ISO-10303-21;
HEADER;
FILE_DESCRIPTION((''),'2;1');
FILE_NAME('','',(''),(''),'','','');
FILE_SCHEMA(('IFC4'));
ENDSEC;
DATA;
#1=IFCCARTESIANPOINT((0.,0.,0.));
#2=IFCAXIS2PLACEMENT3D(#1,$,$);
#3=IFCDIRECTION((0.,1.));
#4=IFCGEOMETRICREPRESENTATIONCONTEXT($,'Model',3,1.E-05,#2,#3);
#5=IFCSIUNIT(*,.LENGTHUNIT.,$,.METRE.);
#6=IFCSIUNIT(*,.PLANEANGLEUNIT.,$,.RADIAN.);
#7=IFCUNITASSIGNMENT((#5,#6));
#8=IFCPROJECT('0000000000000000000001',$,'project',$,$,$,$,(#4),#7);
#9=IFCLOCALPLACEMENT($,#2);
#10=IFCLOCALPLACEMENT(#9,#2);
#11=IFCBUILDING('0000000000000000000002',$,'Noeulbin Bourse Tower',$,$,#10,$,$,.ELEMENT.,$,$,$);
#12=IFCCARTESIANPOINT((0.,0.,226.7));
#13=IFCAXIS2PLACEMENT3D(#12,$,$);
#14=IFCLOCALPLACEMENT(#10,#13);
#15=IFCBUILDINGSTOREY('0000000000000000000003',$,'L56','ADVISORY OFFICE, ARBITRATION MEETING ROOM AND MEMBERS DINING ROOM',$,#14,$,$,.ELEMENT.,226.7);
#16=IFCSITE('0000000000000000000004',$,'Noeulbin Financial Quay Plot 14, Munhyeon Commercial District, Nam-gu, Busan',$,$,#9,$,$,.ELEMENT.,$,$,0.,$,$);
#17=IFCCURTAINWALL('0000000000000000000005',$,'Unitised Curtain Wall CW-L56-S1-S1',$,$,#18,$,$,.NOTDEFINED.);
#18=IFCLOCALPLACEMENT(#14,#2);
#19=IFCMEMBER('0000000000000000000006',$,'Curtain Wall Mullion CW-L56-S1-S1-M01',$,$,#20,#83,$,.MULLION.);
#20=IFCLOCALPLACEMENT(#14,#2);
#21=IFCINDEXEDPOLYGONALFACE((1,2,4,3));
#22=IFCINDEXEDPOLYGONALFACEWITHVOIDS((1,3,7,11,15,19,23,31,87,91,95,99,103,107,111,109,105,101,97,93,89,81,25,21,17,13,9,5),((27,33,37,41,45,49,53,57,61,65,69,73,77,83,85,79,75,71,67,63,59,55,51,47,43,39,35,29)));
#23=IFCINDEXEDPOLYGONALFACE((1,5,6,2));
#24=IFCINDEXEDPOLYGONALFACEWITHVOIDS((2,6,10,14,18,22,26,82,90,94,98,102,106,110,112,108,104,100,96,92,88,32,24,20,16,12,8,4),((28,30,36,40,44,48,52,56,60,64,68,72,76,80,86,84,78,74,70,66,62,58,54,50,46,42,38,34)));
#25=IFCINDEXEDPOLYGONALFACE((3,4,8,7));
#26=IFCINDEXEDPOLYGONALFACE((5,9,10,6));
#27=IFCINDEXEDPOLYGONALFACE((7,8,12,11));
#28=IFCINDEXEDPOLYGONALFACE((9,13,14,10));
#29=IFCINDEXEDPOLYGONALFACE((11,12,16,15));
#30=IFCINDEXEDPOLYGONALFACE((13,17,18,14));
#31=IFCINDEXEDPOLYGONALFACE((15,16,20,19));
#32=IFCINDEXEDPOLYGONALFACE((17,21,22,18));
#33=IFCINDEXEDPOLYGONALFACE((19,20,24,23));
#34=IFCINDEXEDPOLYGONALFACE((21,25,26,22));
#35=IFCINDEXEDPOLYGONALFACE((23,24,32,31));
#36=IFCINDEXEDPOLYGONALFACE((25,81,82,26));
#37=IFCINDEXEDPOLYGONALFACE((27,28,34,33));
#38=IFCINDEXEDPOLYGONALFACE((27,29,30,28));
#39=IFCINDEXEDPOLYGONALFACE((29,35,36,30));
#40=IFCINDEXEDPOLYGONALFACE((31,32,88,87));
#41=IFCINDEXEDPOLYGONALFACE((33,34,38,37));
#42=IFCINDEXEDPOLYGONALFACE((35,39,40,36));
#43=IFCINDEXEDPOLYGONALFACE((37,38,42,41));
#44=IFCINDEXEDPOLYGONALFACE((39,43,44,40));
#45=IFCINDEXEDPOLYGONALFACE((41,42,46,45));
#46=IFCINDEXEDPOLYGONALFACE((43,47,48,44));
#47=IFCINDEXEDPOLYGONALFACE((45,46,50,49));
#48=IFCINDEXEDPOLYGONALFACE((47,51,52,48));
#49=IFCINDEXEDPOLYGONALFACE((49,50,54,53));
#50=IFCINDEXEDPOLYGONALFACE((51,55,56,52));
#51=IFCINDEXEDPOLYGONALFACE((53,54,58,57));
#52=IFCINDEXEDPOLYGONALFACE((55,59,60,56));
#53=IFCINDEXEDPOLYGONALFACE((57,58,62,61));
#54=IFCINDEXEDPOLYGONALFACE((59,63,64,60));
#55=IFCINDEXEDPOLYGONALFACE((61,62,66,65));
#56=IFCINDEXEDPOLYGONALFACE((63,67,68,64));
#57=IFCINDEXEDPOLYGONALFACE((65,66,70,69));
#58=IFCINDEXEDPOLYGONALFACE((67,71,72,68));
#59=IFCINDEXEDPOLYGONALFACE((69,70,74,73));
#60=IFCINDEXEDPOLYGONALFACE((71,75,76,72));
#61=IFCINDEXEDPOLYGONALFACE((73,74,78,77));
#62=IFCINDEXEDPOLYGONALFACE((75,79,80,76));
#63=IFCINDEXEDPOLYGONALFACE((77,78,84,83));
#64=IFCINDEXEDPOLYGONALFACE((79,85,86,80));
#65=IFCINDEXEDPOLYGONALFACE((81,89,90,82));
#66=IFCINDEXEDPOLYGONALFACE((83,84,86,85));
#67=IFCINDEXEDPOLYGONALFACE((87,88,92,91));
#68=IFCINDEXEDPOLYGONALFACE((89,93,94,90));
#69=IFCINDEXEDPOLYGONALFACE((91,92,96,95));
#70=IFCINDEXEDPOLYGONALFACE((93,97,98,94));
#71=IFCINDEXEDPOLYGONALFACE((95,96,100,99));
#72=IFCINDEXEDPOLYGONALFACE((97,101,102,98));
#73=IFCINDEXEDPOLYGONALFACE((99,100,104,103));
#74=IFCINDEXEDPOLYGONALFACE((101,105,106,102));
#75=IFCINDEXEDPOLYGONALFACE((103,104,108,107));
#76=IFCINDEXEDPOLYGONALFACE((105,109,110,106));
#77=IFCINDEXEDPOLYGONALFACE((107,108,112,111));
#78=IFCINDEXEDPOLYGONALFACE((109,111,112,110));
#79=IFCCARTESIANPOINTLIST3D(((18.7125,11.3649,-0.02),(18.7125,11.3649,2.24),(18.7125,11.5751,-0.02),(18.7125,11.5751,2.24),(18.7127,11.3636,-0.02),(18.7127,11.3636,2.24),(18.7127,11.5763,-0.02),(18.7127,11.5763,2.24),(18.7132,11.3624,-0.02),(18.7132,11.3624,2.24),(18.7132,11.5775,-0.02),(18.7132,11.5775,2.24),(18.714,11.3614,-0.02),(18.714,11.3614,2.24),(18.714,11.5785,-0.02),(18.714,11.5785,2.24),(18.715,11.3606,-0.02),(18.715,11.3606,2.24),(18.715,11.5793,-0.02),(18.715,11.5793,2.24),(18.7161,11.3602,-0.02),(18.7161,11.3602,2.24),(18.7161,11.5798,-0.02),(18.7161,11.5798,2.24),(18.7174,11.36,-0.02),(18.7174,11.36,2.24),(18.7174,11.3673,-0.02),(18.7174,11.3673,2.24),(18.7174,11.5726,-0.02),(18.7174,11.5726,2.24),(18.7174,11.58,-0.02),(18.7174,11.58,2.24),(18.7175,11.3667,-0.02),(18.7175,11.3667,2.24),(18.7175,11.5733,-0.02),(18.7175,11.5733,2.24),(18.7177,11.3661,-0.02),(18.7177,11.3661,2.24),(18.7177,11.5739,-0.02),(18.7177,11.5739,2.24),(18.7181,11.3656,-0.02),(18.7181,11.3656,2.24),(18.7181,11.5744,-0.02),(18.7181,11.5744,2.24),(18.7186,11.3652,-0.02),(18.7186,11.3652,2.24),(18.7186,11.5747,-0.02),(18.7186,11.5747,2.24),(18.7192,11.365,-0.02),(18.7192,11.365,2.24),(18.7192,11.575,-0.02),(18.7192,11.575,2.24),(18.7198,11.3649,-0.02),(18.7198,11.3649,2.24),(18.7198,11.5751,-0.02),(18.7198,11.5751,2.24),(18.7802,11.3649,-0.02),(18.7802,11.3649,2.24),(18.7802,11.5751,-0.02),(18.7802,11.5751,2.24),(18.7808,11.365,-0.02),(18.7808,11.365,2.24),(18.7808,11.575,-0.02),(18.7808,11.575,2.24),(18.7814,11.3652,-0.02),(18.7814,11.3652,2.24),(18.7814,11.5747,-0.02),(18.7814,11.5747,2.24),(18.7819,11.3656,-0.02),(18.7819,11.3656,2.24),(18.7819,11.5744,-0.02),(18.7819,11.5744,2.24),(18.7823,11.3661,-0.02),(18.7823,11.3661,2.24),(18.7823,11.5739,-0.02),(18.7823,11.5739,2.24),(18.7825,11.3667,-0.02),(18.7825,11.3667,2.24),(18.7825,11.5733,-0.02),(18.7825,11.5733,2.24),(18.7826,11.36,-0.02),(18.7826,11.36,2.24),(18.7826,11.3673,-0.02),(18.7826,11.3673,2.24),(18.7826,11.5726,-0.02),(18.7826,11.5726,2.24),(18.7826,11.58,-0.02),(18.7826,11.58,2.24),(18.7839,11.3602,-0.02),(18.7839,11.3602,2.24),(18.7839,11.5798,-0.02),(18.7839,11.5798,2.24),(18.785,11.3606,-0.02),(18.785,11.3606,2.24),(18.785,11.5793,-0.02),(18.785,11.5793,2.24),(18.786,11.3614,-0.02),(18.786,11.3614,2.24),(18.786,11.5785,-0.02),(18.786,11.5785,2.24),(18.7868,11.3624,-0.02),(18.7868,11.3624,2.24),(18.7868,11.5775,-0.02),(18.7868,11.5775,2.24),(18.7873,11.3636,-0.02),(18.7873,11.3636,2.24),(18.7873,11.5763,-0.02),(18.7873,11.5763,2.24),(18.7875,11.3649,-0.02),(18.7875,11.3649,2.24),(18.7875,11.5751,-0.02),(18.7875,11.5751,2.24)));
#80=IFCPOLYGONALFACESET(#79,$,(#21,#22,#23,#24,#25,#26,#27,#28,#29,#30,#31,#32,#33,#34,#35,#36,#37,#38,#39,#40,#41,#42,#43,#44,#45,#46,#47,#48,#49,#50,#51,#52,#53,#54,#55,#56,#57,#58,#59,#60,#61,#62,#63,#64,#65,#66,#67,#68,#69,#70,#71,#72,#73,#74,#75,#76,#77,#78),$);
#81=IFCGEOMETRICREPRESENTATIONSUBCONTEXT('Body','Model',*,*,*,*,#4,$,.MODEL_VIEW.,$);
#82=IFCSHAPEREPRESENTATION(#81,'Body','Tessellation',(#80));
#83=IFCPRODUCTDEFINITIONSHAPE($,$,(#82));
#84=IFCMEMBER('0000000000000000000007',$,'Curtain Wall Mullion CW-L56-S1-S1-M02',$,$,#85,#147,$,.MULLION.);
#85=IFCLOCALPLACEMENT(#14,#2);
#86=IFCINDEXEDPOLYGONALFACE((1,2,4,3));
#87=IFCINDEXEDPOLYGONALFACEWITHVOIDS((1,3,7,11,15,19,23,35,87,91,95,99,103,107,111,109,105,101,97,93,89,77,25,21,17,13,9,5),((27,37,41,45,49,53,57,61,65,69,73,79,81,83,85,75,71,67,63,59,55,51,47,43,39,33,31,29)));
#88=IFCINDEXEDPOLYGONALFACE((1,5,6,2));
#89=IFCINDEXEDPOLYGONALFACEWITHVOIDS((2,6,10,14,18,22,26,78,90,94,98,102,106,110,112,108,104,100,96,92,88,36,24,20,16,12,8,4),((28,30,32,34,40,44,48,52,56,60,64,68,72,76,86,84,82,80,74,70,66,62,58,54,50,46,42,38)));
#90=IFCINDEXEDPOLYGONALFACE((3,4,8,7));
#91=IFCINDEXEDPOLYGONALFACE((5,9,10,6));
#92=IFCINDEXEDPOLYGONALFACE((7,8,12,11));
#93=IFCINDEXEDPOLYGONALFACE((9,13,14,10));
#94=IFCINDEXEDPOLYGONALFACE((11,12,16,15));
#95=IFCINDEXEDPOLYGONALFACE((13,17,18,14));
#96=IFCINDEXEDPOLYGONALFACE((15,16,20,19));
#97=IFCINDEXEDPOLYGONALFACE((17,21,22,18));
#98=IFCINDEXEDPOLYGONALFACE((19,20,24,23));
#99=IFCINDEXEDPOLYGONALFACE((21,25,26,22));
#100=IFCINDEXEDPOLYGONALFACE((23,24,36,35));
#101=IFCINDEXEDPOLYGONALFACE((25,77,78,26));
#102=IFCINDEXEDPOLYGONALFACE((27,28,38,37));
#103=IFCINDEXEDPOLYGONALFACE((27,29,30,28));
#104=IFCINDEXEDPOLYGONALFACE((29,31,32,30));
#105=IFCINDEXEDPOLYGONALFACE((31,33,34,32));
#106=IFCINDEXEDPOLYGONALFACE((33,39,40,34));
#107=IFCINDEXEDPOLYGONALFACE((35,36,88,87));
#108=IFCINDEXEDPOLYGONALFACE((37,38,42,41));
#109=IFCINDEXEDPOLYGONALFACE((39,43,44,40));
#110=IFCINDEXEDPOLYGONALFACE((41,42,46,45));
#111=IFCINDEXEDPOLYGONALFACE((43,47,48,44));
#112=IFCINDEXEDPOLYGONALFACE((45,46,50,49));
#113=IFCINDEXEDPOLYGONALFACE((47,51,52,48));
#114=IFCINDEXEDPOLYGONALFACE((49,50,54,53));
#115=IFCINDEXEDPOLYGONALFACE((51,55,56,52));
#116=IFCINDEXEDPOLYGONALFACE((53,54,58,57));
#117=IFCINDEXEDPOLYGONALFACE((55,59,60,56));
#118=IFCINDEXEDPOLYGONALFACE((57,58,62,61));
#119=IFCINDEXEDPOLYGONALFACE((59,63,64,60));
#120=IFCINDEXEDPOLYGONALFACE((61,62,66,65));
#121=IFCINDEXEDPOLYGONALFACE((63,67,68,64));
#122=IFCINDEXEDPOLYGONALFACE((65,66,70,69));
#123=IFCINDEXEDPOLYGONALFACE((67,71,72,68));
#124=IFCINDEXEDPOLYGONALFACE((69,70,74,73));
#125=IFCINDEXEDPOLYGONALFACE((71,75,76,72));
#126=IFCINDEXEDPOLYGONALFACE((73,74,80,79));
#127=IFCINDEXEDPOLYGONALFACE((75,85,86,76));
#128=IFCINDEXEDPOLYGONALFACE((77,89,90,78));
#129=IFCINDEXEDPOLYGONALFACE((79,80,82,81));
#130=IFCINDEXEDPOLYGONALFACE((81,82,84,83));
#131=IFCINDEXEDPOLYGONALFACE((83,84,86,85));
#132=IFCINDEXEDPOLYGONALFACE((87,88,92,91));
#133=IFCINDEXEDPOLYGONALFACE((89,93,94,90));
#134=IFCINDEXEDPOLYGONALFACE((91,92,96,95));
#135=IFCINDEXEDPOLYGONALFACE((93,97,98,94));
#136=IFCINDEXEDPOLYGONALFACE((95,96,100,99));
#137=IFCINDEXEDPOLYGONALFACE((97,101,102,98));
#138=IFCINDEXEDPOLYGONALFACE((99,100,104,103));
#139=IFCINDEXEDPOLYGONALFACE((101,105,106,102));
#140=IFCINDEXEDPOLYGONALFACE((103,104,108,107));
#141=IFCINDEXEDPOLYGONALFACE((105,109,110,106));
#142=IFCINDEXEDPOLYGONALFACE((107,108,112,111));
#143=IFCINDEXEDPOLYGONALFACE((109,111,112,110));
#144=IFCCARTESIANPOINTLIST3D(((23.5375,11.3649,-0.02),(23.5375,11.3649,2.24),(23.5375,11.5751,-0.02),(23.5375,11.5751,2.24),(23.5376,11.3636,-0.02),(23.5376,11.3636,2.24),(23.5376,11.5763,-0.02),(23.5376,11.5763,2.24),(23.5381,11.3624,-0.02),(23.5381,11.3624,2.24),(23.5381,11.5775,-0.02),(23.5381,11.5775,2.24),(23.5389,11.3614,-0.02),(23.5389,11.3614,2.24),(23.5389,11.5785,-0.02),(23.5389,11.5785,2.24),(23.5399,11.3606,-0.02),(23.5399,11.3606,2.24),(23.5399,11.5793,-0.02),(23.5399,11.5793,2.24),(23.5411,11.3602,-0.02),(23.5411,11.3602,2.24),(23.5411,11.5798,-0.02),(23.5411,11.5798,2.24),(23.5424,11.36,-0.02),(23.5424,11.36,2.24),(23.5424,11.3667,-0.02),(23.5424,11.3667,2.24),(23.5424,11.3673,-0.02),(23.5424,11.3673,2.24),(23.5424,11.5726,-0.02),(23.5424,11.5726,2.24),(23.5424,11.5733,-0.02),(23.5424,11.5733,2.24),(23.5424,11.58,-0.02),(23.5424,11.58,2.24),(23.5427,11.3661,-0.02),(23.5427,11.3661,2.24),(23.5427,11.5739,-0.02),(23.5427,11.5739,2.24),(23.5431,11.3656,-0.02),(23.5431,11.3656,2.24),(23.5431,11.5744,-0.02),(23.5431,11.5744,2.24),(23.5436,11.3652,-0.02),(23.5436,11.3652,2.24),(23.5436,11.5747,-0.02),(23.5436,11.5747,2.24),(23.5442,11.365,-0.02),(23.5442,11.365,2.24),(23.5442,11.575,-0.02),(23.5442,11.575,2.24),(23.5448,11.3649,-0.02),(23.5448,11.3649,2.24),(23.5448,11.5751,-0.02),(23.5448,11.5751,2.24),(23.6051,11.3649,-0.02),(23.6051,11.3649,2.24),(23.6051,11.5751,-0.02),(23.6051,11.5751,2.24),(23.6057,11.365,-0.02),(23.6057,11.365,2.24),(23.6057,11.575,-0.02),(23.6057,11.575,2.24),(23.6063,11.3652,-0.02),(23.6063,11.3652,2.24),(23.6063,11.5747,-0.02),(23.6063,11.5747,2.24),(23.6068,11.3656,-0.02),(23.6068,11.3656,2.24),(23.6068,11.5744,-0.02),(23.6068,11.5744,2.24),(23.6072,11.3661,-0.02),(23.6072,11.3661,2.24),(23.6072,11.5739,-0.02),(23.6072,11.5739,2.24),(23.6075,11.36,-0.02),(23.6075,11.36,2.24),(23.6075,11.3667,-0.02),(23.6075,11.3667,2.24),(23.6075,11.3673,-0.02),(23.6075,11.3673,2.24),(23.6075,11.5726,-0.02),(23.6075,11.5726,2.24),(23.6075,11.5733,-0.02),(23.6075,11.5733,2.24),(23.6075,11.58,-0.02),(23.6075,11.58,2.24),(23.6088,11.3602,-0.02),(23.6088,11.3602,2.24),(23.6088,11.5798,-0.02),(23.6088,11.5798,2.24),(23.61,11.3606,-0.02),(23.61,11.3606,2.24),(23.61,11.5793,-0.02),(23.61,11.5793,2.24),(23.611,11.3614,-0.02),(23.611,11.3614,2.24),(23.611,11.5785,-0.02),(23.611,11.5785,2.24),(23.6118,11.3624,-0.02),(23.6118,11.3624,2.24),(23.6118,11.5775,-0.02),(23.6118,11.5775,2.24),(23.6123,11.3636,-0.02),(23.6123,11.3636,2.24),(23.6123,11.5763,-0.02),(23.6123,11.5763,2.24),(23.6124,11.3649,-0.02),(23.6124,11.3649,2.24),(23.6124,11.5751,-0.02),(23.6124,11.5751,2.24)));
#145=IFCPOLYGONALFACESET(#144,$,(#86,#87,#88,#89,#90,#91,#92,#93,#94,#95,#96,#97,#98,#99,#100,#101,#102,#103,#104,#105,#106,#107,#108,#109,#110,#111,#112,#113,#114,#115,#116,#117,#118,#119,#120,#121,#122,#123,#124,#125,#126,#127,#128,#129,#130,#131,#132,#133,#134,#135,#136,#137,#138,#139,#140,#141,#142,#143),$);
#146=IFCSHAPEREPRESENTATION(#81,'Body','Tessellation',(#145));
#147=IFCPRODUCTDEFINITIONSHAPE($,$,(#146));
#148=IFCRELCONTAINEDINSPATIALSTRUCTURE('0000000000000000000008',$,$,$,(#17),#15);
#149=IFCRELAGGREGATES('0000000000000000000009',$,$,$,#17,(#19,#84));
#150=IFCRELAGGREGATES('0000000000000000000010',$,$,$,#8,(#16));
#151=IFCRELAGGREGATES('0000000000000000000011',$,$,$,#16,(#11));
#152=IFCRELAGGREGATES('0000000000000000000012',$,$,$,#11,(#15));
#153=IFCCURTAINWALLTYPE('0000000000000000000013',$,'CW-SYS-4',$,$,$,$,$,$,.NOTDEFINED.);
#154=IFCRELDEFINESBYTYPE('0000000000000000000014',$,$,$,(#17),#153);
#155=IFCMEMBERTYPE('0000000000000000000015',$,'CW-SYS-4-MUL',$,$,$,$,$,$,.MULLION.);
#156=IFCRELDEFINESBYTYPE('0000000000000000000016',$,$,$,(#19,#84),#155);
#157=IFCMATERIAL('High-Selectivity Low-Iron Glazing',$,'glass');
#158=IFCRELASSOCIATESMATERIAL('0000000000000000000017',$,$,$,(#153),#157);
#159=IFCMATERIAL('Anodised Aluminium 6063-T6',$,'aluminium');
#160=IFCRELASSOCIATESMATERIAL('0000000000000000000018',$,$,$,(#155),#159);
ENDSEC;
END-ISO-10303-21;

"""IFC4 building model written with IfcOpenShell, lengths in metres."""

from ifc_helpers import new_model, si_unit, direction, frame, origin, origin_2d, place, context, subcontext, project, spatial, hollow_rectangle, extrude, material, material_profile, profile_set, type_object, element, aggregate, save


model = new_model("IFC4")

# Units and contexts
model_context = context("Model", 3, precision=1e-05, world=origin(), true_north=direction((0.0, 1.0)))
body_context = subcontext(model_context, "Body", "Model", "MODEL_VIEW")
ifc_project = project(units=[si_unit("LENGTHUNIT", "METRE"), si_unit("PLANEANGLEUNIT", "RADIAN")], contexts=[model_context])

# Site, building, storey
site_placement = place(None, origin())
site = spatial("IfcSite", under=ifc_project, at=site_placement, Name="Noeulbin Financial Quay Plot 14, Munhyeon Commercial District, Nam-gu, Busan", CompositionType="ELEMENT", RefElevation=0.0)
building_placement = place(site_placement, origin())
building = spatial("IfcBuilding", under=site, at=building_placement, Name="Noeulbin Bourse Tower", CompositionType="ELEMENT")
storey_placement = place(building_placement, frame((0.0, 0.0, 226.7)))
storey = spatial("IfcBuildingStorey", under=building, at=storey_placement, Name="L56", Description="ADVISORY OFFICE, ARBITRATION MEETING ROOM AND MEMBERS DINING ROOM", CompositionType="ELEMENT", Elevation=226.7)

# Curtain wall, members
ifc_material_1 = material(Name="High-Selectivity Low-Iron Glazing", Category="glass")
curtain_wall_type = type_object("IfcCurtainWallType", Name="CW-SYS-4", PredefinedType="NOTDEFINED", material=ifc_material_1)
curtain_wall_1_placement = place(storey_placement, origin())
curtain_wall_1 = element("IfcCurtainWall", 1, at=curtain_wall_1_placement, inside=storey, type_object=curtain_wall_type, Name="Unitised Curtain Wall CW-L56-S1-S1", PredefinedType="NOTDEFINED")
ifc_material_2 = material(Name="Anodised Aluminium 6063-T6", Category="aluminium")
ifc_material_profile_1 = material_profile(ifc_material_2, hollow_rectangle(XDim=0.075, YDim=0.22, WallThickness=0.0049, InnerFilletRadius=0.0024, OuterFilletRadius=0.0049, at=origin_2d()), Name="ALU-MULL-75x220x5", Category="LoadBearing")
ifc_profile_set_1 = profile_set([ifc_material_profile_1], Name="Anodised Aluminium 6063-T6")
member_type = type_object("IfcMemberType", Name="CW-SYS-4-MUL", PredefinedType="MULLION", material=ifc_profile_set_1)
member_1_placement = place(storey_placement, frame((18.75, 11.47, -0.02), z_axis=(0.0, 0.0, 1.0), x_axis=(1.0, 0.0, 0.0)))
member_1 = element("IfcMember", 2, at=member_1_placement, type_object=member_type, Name="Curtain Wall Mullion CW-L56-S1-S1-M01", PredefinedType="MULLION", context=body_context, shape_type="SweptSolid", body=[
    extrude(hollow_rectangle(XDim=0.075, YDim=0.22, WallThickness=0.0049, InnerFilletRadius=0.0024, OuterFilletRadius=0.0049, at=origin_2d()), origin(), (0.0, 0.0, 1.0), 2.26),
])
member_2_placement = place(storey_placement, frame((23.575, 11.47, -0.02), z_axis=(0.0, 0.0, 1.0), x_axis=(1.0, 0.0, 0.0)))
member_2 = element("IfcMember", 3, at=member_2_placement, type_object=member_type, Name="Curtain Wall Mullion CW-L56-S1-S1-M02", PredefinedType="MULLION", context=body_context, shape_type="SweptSolid", body=[
    extrude(hollow_rectangle(XDim=0.075, YDim=0.22, WallThickness=0.0049, InnerFilletRadius=0.0024, OuterFilletRadius=0.0049, at=origin_2d()), origin(), (0.0, 0.0, 1.0), 2.26),
])

aggregate(curtain_wall_1, [member_1, member_2])

save(model, "model.ifc")
